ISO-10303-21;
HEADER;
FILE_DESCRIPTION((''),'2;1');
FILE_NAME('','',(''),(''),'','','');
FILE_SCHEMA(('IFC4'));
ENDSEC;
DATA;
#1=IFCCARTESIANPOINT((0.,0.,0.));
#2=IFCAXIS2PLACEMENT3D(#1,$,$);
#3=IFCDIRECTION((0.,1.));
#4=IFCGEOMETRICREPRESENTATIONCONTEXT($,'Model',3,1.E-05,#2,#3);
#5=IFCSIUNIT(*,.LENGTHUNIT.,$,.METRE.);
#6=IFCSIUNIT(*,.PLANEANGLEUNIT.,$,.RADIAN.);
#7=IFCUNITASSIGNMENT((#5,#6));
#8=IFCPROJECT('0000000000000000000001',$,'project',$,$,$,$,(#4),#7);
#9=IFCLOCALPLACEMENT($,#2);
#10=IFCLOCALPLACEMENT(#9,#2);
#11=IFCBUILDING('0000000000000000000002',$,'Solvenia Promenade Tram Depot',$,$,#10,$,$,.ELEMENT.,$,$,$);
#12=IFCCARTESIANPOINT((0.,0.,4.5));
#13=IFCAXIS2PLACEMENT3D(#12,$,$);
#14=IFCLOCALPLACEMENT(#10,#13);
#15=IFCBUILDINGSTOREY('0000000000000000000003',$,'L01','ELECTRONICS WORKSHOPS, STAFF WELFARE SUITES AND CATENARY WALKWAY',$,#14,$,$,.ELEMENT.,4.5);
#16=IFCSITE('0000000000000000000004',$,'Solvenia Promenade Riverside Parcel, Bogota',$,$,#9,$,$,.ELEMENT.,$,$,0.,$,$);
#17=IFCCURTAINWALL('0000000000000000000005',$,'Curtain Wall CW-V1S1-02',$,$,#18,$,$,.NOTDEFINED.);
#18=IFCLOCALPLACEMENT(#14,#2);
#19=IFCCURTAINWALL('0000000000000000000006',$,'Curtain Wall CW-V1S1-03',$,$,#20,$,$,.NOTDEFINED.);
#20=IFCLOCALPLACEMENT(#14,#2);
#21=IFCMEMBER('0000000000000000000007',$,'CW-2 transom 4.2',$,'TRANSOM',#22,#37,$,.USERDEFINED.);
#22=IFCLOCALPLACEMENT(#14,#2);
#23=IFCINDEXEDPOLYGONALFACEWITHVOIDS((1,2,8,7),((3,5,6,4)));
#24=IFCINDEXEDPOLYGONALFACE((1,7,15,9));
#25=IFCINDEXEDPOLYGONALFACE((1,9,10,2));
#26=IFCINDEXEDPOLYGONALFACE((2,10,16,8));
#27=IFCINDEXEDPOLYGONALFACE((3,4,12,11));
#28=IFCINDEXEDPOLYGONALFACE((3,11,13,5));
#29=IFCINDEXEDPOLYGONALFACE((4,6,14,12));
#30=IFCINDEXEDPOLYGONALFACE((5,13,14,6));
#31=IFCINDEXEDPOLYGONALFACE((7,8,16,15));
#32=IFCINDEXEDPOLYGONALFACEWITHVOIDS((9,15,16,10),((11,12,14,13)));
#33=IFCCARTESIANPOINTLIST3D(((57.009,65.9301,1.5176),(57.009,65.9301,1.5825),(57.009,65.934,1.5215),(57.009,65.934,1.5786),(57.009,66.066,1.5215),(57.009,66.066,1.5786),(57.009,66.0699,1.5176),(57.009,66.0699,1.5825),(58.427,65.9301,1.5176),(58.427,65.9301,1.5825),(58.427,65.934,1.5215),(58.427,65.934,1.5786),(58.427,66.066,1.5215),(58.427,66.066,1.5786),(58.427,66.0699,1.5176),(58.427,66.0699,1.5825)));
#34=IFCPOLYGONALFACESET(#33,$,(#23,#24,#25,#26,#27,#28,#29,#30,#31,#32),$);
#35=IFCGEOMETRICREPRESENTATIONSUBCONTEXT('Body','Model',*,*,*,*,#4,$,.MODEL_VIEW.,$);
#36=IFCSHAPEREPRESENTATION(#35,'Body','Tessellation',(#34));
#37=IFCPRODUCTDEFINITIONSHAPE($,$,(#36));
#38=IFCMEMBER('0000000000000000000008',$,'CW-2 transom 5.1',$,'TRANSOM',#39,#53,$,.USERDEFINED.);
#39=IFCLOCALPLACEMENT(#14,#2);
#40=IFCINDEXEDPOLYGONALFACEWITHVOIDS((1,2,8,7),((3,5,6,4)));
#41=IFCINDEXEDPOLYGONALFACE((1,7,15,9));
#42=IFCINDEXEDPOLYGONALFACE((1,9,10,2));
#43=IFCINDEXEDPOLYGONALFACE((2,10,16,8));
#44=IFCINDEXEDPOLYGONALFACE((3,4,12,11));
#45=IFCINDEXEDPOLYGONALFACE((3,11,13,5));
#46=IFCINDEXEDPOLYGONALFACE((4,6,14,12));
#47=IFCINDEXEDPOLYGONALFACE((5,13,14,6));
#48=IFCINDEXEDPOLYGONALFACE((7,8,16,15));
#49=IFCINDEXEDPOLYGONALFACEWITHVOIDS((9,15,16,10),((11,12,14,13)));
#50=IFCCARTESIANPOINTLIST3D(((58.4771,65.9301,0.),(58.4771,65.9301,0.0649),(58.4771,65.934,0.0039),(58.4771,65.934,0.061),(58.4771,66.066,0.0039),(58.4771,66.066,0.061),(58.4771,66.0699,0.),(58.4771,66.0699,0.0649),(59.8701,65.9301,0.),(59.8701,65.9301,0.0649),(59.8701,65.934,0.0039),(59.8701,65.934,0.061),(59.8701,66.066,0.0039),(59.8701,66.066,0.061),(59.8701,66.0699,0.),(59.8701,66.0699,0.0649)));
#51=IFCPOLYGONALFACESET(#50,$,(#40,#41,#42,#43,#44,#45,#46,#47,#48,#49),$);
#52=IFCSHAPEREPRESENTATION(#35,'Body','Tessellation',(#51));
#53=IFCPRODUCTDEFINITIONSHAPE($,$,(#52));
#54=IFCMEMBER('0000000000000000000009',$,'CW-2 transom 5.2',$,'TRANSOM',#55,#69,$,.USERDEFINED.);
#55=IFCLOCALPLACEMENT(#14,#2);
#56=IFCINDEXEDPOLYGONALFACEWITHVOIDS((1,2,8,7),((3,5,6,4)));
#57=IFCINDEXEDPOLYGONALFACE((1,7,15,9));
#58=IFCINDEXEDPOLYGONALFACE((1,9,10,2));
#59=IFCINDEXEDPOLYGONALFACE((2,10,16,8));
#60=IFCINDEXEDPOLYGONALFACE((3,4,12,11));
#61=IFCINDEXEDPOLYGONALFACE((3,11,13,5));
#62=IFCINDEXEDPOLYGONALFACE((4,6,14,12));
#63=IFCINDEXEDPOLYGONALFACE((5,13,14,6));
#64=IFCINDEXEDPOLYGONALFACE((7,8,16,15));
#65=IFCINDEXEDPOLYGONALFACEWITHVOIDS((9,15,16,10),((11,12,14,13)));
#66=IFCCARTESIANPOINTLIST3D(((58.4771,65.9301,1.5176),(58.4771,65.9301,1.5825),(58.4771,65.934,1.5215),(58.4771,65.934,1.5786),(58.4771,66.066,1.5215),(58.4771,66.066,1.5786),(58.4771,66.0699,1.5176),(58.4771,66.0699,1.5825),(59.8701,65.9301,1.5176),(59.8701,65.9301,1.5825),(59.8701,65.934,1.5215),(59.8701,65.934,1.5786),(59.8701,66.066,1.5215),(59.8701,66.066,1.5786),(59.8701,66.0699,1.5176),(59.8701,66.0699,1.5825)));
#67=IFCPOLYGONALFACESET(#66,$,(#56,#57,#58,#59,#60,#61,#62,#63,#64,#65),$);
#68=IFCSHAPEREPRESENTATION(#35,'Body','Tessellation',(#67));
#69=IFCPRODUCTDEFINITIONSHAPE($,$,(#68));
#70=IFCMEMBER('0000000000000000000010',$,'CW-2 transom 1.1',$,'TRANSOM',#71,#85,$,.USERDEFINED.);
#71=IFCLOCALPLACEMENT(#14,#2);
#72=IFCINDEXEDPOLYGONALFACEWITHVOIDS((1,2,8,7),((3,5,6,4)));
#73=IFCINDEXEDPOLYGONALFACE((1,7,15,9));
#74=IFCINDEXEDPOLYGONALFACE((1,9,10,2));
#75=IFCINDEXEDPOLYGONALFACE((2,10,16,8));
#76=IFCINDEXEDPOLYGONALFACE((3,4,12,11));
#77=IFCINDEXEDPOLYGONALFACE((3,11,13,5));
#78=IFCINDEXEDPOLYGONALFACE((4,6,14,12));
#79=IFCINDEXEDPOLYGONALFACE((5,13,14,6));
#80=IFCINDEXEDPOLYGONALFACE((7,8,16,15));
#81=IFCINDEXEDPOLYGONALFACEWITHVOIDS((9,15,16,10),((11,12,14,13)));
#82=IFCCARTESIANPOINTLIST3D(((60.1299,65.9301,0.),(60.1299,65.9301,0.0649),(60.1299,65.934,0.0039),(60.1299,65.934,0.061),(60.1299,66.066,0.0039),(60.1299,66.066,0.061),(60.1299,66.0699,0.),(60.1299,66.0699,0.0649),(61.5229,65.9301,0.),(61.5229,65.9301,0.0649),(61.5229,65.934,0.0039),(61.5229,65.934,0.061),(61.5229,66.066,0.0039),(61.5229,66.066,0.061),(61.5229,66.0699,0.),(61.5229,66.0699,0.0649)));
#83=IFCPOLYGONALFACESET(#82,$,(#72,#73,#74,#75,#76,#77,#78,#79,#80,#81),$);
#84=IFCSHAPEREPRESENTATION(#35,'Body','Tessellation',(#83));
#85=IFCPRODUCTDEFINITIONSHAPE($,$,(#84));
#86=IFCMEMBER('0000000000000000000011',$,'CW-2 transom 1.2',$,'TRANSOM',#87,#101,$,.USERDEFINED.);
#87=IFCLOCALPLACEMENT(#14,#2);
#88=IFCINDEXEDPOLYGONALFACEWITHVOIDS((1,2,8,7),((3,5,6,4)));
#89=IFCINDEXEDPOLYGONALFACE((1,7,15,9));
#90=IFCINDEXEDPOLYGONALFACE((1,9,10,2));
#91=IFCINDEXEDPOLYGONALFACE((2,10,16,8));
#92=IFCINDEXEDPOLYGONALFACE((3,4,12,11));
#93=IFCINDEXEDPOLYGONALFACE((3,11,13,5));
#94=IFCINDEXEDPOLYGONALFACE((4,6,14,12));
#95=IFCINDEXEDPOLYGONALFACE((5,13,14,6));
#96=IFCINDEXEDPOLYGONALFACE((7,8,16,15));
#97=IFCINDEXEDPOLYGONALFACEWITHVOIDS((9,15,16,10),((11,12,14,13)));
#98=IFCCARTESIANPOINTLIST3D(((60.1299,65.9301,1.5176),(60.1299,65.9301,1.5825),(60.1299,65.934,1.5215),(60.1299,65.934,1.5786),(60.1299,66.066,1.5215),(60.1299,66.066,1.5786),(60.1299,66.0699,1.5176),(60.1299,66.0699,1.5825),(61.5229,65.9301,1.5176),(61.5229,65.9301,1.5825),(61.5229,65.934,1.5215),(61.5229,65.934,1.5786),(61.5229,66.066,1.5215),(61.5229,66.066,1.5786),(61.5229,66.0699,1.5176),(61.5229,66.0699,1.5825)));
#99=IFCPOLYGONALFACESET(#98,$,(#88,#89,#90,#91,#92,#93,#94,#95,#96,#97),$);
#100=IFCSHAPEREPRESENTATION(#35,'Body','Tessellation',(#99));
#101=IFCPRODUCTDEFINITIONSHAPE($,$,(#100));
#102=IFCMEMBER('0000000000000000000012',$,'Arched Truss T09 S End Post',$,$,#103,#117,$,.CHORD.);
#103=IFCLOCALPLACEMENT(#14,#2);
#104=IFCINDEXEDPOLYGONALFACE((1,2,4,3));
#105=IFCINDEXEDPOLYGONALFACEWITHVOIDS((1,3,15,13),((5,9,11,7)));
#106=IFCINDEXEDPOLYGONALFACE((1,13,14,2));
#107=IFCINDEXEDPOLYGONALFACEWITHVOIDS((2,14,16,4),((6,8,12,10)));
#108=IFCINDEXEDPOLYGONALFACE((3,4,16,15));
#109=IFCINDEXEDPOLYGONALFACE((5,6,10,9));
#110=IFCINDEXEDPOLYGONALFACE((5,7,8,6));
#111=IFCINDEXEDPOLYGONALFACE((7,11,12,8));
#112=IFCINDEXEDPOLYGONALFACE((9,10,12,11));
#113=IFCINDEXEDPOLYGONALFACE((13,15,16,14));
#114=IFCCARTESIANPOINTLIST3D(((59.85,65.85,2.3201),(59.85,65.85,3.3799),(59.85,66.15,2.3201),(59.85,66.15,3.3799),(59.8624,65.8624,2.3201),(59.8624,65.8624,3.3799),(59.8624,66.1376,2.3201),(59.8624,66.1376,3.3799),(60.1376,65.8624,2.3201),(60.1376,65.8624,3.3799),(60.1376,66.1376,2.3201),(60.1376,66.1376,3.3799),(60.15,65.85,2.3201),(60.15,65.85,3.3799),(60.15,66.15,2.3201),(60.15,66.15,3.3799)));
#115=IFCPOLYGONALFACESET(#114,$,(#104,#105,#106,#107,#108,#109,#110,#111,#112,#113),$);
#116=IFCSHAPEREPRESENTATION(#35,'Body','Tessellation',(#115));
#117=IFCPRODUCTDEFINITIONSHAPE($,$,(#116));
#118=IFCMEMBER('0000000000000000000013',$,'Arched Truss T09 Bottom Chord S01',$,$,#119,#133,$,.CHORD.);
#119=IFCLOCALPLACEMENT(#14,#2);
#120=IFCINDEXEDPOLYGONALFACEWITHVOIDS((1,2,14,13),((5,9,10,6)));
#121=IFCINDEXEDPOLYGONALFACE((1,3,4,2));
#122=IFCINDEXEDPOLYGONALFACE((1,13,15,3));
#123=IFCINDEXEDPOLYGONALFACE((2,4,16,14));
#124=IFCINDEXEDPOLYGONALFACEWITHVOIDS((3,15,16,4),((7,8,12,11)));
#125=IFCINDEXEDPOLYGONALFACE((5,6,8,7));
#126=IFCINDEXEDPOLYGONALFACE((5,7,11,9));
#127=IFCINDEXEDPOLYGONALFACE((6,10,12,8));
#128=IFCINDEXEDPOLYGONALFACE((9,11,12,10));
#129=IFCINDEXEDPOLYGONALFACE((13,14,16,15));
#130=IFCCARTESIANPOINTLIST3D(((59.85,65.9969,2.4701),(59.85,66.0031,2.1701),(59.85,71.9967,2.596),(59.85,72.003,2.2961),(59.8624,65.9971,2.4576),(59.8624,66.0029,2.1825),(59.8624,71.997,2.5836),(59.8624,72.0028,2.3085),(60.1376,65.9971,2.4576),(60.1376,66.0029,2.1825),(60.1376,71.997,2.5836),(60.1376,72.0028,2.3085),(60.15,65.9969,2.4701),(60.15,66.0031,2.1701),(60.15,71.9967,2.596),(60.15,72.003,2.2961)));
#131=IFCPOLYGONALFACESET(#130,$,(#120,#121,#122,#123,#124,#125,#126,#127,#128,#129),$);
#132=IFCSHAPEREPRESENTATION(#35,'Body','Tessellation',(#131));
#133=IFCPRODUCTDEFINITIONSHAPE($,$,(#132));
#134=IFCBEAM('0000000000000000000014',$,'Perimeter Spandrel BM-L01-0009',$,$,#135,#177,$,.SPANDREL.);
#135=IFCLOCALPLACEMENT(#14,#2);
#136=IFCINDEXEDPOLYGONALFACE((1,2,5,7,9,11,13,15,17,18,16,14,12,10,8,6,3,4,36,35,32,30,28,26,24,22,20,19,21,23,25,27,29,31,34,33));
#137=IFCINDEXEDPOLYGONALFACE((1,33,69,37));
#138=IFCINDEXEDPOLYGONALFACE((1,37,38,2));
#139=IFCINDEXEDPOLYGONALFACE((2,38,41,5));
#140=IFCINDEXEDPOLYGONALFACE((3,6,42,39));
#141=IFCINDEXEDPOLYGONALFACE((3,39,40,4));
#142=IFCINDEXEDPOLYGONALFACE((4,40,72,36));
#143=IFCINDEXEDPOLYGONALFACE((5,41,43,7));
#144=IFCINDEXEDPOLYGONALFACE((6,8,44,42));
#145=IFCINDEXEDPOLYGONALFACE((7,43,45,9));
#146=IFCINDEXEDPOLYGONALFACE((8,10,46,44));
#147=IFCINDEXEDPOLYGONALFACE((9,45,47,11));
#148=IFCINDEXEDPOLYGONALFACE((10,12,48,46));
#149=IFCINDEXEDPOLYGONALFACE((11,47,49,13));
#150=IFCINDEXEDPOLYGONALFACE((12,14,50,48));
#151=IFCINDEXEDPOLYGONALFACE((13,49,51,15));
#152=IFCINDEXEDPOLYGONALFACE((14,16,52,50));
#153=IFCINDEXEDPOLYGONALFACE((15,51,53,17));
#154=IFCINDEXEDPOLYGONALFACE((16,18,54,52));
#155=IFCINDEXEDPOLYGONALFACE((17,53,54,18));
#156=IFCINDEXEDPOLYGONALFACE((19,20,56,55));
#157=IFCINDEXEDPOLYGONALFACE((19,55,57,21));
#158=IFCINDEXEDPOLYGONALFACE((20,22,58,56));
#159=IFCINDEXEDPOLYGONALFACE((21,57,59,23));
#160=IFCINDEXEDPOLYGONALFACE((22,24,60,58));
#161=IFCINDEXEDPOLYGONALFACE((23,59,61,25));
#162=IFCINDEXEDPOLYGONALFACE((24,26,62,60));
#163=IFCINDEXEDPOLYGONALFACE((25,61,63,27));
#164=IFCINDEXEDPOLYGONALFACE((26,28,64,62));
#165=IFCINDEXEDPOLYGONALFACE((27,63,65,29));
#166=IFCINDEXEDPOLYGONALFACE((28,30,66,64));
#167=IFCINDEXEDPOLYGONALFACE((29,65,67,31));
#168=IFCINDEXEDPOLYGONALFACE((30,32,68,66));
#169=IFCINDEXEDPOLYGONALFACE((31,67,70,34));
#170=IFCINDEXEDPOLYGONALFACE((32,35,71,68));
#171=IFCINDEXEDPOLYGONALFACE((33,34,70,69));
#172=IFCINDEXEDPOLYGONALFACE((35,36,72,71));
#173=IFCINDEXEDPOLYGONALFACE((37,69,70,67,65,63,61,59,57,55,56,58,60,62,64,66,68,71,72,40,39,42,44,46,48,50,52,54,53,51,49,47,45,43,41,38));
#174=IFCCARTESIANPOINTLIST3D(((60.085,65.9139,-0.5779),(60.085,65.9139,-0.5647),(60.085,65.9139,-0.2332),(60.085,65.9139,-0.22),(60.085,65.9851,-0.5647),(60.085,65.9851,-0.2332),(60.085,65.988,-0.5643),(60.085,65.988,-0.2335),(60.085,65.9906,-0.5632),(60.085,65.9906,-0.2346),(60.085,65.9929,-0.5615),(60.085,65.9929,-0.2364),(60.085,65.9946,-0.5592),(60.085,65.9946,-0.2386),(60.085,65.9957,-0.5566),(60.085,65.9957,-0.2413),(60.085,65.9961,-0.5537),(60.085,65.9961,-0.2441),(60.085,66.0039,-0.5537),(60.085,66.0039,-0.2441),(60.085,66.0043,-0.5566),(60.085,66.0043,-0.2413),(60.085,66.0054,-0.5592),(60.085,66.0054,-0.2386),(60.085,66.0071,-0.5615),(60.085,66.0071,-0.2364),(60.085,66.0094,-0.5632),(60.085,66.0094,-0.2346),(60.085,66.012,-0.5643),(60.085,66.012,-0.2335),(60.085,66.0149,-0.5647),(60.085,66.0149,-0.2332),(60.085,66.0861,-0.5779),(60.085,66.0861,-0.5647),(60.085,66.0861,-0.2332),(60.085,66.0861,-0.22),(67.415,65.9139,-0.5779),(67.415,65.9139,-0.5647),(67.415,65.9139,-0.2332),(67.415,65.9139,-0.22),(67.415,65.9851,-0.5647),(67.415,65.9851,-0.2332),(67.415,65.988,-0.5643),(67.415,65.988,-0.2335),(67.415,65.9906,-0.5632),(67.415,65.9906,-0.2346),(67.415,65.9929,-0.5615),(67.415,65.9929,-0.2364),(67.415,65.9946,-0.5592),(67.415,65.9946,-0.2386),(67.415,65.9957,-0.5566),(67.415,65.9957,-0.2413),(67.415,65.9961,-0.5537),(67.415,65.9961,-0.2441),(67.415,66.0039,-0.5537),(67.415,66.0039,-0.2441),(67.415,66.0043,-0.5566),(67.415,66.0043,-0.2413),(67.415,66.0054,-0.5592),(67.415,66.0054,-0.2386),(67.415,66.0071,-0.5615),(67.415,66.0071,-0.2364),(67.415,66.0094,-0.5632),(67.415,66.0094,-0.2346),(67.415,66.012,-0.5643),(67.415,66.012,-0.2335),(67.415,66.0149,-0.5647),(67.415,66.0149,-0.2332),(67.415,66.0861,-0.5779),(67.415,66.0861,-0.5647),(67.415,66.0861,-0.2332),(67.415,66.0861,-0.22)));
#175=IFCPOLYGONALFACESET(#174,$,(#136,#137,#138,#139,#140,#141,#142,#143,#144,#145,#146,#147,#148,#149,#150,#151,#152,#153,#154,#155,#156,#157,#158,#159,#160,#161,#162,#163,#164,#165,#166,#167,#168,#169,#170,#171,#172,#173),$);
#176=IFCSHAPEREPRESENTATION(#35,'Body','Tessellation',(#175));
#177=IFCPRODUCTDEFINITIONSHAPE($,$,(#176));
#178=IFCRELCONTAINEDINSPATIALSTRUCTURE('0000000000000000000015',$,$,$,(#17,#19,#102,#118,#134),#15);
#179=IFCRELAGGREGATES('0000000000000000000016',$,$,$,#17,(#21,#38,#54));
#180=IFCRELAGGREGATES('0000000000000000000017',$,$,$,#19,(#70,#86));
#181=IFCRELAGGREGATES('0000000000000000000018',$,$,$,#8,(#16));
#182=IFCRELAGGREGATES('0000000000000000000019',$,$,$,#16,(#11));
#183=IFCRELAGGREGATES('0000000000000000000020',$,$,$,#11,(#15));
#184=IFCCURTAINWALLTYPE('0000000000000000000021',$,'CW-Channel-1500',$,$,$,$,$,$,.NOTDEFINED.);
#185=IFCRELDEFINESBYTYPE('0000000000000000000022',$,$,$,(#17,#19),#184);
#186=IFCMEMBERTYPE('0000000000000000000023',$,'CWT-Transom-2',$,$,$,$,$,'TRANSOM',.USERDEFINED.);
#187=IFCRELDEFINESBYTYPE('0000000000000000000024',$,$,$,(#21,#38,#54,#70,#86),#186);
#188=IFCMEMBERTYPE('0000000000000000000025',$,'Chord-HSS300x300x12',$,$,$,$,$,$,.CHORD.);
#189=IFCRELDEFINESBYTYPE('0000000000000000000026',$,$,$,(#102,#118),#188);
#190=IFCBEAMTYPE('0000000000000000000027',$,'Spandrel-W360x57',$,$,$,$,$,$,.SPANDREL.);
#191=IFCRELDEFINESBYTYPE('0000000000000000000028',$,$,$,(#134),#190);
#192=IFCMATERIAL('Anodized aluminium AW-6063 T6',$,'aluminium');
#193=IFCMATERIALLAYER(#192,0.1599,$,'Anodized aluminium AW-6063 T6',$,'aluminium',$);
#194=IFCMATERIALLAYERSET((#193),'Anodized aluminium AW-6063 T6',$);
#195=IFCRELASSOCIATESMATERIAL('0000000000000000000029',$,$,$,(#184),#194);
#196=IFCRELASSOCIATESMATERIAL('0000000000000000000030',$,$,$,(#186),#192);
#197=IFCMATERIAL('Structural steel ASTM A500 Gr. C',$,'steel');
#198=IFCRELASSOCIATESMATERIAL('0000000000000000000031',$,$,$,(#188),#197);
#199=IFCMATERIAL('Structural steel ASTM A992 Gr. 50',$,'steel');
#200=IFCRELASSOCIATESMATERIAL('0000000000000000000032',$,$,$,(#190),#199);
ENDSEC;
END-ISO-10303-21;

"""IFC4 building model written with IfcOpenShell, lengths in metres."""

from ifc_helpers import new_model, si_unit, direction, frame, origin, origin_2d, place, context, subcontext, project, spatial, hollow_rectangle, i_section, extrude, material, layer, layer_set, material_profile, profile_set, type_object, element, aggregate, save


model = new_model("IFC4")

# Units and contexts
model_context = context("Model", 3, precision=1e-05, world=origin(), true_north=direction((0.0, 1.0)))
body_context = subcontext(model_context, "Body", "Model", "MODEL_VIEW")
ifc_project = project(units=[si_unit("LENGTHUNIT", "METRE"), si_unit("PLANEANGLEUNIT", "RADIAN")], contexts=[model_context])

# Site, building, storey
site_placement = place(None, origin())
site = spatial("IfcSite", under=ifc_project, at=site_placement, Name="Solvenia Promenade Riverside Parcel, Bogota", CompositionType="ELEMENT", RefElevation=0.0)
building_placement = place(site_placement, origin())
building = spatial("IfcBuilding", under=site, at=building_placement, Name="Solvenia Promenade Tram Depot", CompositionType="ELEMENT")
storey_placement = place(building_placement, frame((0.0, 0.0, 4.5)))
storey = spatial("IfcBuildingStorey", under=building, at=storey_placement, Name="L01", Description="ELECTRONICS WORKSHOPS, STAFF WELFARE SUITES AND CATENARY WALKWAY", CompositionType="ELEMENT", Elevation=4.5)

# Shared definitions
ifc_material_1 = material(Name="Structural steel ASTM A992 Gr. 50", Category="steel")

# Curtain wall
ifc_material_2 = material(Name="Anodized aluminium AW-6063 T6", Category="aluminium")
ifc_layer_1 = layer(ifc_material_2, 0.1599, Name="Anodized aluminium AW-6063 T6", Category="aluminium")
ifc_layer_set_1 = layer_set([ifc_layer_1], Name="Anodized aluminium AW-6063 T6")
curtain_wall_type = type_object("IfcCurtainWallType", Name="CW-Channel-1500", PredefinedType="NOTDEFINED", material=ifc_layer_set_1)
curtain_wall_1_placement = place(storey_placement, origin())
curtain_wall_1 = element("IfcCurtainWall", 1, at=curtain_wall_1_placement, inside=storey, type_object=curtain_wall_type, Name="Curtain Wall CW-V1S1-02", PredefinedType="NOTDEFINED")

# Curtain wall
curtain_wall_2_placement = place(storey_placement, origin())
curtain_wall_2 = element("IfcCurtainWall", 2, at=curtain_wall_2_placement, inside=storey, type_object=curtain_wall_type, Name="Curtain Wall CW-V1S1-03", PredefinedType="NOTDEFINED")

# Members
ifc_material_profile_1 = material_profile(ifc_material_2, hollow_rectangle(XDim=0.1399, YDim=0.0649, WallThickness=0.0039, at=origin_2d()), Name="ALU-T2", Category="aluminium")
ifc_profile_set_1 = profile_set([ifc_material_profile_1], Name="Anodized aluminium AW-6063 T6")
member_type_1 = type_object("IfcMemberType", Name="CWT-Transom-2", ElementType="TRANSOM", PredefinedType="USERDEFINED", material=ifc_profile_set_1)
member_1_placement = place(storey_placement, frame((57.009, 66.0, 1.55), z_axis=(1.0, 0.0, 0.0), x_axis=(0.0, 1.0, 0.0)))
member_1 = element("IfcMember", 3, at=member_1_placement, type_object=member_type_1, Name="CW-2 transom 4.2", ObjectType="TRANSOM", PredefinedType="USERDEFINED", context=body_context, shape_type="SweptSolid", body=[
    extrude(hollow_rectangle(XDim=0.1399, YDim=0.0649, WallThickness=0.0039, at=origin_2d()), origin(), (0.0, 0.0, 1.0), 1.418),
])
member_2_placement = place(storey_placement, frame((58.4771, 66.0, 0.0325), z_axis=(1.0, 0.0, 0.0), x_axis=(0.0, 1.0, 0.0)))
member_2 = element("IfcMember", 4, at=member_2_placement, type_object=member_type_1, Name="CW-2 transom 5.1", ObjectType="TRANSOM", PredefinedType="USERDEFINED", context=body_context, shape_type="SweptSolid", body=[
    extrude(hollow_rectangle(XDim=0.1399, YDim=0.0649, WallThickness=0.0039, at=origin_2d()), origin(), (0.0, 0.0, 1.0), 1.3931),
])
member_3_placement = place(storey_placement, frame((58.4771, 66.0, 1.55), z_axis=(1.0, 0.0, 0.0), x_axis=(0.0, 1.0, 0.0)))
member_3 = element("IfcMember", 5, at=member_3_placement, type_object=member_type_1, Name="CW-2 transom 5.2", ObjectType="TRANSOM", PredefinedType="USERDEFINED", context=body_context, shape_type="SweptSolid", body=[
    extrude(hollow_rectangle(XDim=0.1399, YDim=0.0649, WallThickness=0.0039, at=origin_2d()), origin(), (0.0, 0.0, 1.0), 1.3931),
])
member_4_placement = place(storey_placement, frame((60.1299, 66.0, 0.0325), z_axis=(1.0, 0.0, 0.0), x_axis=(0.0, 1.0, 0.0)))
member_4 = element("IfcMember", 6, at=member_4_placement, type_object=member_type_1, Name="CW-2 transom 1.1", ObjectType="TRANSOM", PredefinedType="USERDEFINED", context=body_context, shape_type="SweptSolid", body=[
    extrude(hollow_rectangle(XDim=0.1399, YDim=0.0649, WallThickness=0.0039, at=origin_2d()), origin(), (0.0, 0.0, 1.0), 1.3931),
])
member_5_placement = place(storey_placement, frame((60.1299, 66.0, 1.55), z_axis=(1.0, 0.0, 0.0), x_axis=(0.0, 1.0, 0.0)))
member_5 = element("IfcMember", 7, at=member_5_placement, type_object=member_type_1, Name="CW-2 transom 1.2", ObjectType="TRANSOM", PredefinedType="USERDEFINED", context=body_context, shape_type="SweptSolid", body=[
    extrude(hollow_rectangle(XDim=0.1399, YDim=0.0649, WallThickness=0.0039, at=origin_2d()), origin(), (0.0, 0.0, 1.0), 1.3931),
])

# Members
ifc_material_3 = material(Name="Structural steel ASTM A500 Gr. C", Category="steel")
ifc_material_profile_2 = material_profile(ifc_material_3, hollow_rectangle(XDim=0.3, YDim=0.3, WallThickness=0.0125, at=origin_2d()), Name="HSS300x300x12.5", Category="steel")
ifc_profile_set_2 = profile_set([ifc_material_profile_2], Name="Structural steel ASTM A500 Gr. C")
member_type_2 = type_object("IfcMemberType", Name="Chord-HSS300x300x12", PredefinedType="CHORD", material=ifc_profile_set_2)
member_6_placement = place(storey_placement, frame((60.0, 66.0, 2.3201), z_axis=(0.0, 0.0, 1.0), x_axis=(1.0, 0.0, 0.0)))
element("IfcMember", 8, at=member_6_placement, inside=storey, type_object=member_type_2, Name="Arched Truss T09 S End Post", PredefinedType="CHORD", context=body_context, shape_type="SweptSolid", body=[
    extrude(hollow_rectangle(XDim=0.3, YDim=0.3, WallThickness=0.0125, at=origin_2d()), origin(), (0.0, 0.0, 1.0), 1.0598),
])
member_7_placement = place(storey_placement, frame((60.0, 66.0, 2.3201), z_axis=(0.0, 0.99978, 0.020991), x_axis=(-1.0, 0.0, 0.0)))
element("IfcMember", 9, at=member_7_placement, inside=storey, type_object=member_type_2, Name="Arched Truss T09 Bottom Chord S01", PredefinedType="CHORD", context=body_context, shape_type="SweptSolid", body=[
    extrude(hollow_rectangle(XDim=0.3, YDim=0.3, WallThickness=0.0125, at=origin_2d()), origin(), (0.0, 0.0, 1.0), 6.0012),
])

# Beam
ifc_material_profile_3 = material_profile(ifc_material_1, i_section(OverallWidth=0.1721, OverallDepth=0.3579, WebThickness=0.0078, FlangeThickness=0.0132, FilletRadius=0.011, at=origin_2d()), Name="W360x57", Category="steel")
ifc_profile_set_3 = profile_set([ifc_material_profile_3], Name="Structural steel ASTM A992 Gr. 50")
beam_type = type_object("IfcBeamType", Name="Spandrel-W360x57", PredefinedType="SPANDREL", material=ifc_profile_set_3)
beam_placement = place(storey_placement, frame((60.085, 66.0, -0.3989), z_axis=(1.0, 0.0, 0.0), x_axis=(0.0, 1.0, 0.0)))
element("IfcBeam", 10, at=beam_placement, inside=storey, type_object=beam_type, Name="Perimeter Spandrel BM-L01-0009", PredefinedType="SPANDREL", context=body_context, shape_type="SweptSolid", body=[
    extrude(i_section(OverallWidth=0.1721, OverallDepth=0.3579, WebThickness=0.0078, FlangeThickness=0.0132, FilletRadius=0.011, at=origin_2d()), origin(), (0.0, 0.0, 1.0), 7.3301),
])

aggregate(curtain_wall_1, [member_1, member_2, member_3])
aggregate(curtain_wall_2, [member_4, member_5])

save(model, "model.ifc")
